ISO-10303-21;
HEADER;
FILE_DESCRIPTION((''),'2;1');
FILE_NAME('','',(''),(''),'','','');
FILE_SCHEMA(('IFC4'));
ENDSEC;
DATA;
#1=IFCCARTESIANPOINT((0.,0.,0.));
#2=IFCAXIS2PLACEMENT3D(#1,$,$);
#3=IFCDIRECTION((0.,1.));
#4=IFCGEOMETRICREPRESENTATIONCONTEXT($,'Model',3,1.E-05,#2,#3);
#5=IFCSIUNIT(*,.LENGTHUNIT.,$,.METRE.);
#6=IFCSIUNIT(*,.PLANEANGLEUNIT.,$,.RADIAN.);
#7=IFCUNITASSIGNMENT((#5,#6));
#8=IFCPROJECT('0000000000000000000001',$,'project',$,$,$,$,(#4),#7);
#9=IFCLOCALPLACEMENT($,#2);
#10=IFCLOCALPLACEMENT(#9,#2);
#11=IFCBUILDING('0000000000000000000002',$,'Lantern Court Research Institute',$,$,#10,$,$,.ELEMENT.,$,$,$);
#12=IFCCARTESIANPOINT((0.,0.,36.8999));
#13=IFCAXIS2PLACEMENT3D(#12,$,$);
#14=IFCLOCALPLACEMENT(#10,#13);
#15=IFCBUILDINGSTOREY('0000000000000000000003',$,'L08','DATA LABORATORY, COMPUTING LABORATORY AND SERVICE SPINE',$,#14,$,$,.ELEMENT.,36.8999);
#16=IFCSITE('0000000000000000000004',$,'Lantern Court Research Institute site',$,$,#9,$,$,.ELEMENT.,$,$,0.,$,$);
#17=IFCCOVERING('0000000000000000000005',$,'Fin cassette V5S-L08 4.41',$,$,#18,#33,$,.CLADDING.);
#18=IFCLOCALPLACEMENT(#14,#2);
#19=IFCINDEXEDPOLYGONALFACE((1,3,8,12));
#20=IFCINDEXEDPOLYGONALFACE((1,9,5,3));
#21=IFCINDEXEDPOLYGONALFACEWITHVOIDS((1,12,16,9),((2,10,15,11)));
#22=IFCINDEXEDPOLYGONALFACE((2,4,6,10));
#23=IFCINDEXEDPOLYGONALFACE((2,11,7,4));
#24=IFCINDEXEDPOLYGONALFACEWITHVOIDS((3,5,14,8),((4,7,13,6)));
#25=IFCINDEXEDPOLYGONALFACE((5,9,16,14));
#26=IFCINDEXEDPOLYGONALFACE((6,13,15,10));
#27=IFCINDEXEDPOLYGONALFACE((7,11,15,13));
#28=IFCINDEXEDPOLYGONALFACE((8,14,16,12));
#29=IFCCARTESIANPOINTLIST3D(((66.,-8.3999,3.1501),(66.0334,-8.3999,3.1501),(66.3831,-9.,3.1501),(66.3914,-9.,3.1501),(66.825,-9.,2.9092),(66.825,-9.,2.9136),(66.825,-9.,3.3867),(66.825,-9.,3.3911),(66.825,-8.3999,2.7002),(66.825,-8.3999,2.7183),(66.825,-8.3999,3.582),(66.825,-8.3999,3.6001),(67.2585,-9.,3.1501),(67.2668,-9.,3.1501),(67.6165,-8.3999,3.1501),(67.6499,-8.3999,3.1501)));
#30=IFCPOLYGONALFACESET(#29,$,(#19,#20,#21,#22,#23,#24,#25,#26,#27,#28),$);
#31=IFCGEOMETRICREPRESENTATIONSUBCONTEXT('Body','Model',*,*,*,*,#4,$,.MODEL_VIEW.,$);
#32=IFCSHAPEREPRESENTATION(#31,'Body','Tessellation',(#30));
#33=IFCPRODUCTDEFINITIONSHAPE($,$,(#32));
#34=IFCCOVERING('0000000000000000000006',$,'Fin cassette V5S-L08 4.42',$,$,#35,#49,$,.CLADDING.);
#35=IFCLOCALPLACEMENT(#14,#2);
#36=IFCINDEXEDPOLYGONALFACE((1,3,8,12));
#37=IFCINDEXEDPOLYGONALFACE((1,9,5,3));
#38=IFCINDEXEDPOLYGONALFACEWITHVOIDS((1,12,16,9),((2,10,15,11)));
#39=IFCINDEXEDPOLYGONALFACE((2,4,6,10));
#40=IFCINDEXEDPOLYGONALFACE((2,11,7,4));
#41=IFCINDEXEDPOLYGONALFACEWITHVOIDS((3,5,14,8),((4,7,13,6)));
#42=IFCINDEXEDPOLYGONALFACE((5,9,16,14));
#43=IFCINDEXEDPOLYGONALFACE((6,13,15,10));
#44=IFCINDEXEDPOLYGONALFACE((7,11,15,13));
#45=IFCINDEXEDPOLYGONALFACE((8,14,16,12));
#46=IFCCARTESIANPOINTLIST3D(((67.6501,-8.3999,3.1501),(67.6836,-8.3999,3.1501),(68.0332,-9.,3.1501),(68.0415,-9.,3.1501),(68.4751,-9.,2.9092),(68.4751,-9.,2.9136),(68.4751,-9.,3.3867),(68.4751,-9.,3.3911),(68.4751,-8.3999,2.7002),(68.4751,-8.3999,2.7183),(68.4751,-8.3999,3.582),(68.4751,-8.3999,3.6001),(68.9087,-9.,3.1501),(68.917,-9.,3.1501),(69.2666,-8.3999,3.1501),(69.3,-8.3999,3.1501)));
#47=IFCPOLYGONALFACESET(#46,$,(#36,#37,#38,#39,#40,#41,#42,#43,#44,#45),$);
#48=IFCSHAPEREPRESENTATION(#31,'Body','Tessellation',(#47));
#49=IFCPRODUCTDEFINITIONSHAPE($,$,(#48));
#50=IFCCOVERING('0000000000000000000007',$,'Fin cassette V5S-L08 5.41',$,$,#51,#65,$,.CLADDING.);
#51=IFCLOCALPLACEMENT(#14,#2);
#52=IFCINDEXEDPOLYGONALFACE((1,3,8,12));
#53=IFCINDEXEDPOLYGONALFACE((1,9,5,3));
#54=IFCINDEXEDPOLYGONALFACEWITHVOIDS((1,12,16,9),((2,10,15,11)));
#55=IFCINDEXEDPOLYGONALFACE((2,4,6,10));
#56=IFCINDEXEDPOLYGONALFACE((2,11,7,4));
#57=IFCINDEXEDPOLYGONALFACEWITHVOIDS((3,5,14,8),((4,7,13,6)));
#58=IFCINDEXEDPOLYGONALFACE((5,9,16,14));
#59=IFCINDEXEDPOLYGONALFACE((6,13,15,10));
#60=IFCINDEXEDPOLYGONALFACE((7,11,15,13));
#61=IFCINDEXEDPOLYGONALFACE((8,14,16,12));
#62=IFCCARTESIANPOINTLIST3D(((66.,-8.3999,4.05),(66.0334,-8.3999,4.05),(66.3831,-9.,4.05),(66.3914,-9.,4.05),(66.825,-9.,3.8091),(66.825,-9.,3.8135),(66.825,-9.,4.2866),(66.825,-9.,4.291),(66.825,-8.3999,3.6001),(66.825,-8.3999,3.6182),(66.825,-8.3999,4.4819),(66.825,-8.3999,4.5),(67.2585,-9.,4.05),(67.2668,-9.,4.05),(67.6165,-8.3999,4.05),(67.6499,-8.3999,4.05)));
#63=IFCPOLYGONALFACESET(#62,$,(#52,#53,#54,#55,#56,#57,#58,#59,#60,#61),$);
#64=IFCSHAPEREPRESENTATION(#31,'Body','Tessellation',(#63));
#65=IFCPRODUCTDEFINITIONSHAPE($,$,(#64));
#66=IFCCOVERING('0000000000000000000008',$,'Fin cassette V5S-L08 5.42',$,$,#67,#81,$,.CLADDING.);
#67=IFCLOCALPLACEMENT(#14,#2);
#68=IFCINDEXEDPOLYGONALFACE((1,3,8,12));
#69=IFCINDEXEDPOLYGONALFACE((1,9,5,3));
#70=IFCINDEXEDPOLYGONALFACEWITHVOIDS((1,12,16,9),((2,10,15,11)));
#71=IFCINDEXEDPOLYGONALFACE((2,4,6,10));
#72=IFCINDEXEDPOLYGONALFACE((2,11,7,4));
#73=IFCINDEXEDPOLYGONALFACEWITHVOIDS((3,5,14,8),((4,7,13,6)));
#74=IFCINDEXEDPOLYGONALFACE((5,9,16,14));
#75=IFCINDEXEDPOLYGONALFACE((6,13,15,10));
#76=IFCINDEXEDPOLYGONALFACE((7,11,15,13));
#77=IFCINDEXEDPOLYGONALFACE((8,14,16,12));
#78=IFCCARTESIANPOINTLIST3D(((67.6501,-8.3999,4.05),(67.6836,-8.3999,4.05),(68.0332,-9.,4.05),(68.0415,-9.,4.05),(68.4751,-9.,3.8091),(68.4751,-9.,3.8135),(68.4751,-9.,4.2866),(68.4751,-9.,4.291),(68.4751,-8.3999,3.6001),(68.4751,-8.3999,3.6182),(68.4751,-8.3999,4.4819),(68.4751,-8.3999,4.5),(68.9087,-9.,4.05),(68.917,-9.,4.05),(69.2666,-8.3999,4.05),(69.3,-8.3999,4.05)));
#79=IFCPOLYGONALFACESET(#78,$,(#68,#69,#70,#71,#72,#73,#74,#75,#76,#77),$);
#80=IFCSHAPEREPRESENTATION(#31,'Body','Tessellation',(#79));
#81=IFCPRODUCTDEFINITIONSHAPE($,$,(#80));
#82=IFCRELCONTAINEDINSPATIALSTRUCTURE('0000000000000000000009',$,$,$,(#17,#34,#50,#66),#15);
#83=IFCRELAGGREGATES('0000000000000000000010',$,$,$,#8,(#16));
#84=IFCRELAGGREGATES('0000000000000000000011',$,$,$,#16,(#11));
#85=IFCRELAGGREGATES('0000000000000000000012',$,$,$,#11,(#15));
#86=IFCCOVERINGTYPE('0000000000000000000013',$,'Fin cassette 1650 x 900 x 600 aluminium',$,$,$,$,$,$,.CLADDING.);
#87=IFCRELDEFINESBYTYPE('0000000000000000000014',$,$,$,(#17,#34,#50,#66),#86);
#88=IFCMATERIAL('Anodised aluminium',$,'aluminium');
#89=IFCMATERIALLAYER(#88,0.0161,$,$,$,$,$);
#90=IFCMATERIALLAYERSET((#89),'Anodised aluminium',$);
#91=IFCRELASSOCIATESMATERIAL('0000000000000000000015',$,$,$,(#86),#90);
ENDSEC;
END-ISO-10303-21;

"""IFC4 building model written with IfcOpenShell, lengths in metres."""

from ifc_helpers import new_model, entity, si_unit, direction, frame, origin, place, context, subcontext, project, spatial, material, layer, layer_set, type_object, element, save


model = new_model("IFC4")

# Units and contexts
model_context = context("Model", 3, precision=1e-05, world=origin(), true_north=direction((0.0, 1.0)))
body_context = subcontext(model_context, "Body", "Model", "MODEL_VIEW")
ifc_project = project(units=[si_unit("LENGTHUNIT", "METRE"), si_unit("PLANEANGLEUNIT", "RADIAN")], contexts=[model_context])

# Site, building, storey
site_placement = place(None, origin())
site = spatial("IfcSite", under=ifc_project, at=site_placement, Name="Lantern Court Research Institute site", CompositionType="ELEMENT", RefElevation=0.0)
building_placement = place(site_placement, origin())
building = spatial("IfcBuilding", under=site, at=building_placement, Name="Lantern Court Research Institute", CompositionType="ELEMENT")
storey_placement = place(building_placement, frame((0.0, 0.0, 36.8999)))
storey = spatial("IfcBuildingStorey", under=building, at=storey_placement, Name="L08", Description="DATA LABORATORY, COMPUTING LABORATORY AND SERVICE SPINE", CompositionType="ELEMENT", Elevation=36.8999)

# Coverings
ifc_material_1 = material(Name="Anodised aluminium", Category="aluminium")
ifc_layer_1 = layer(ifc_material_1, 0.0161)
ifc_layer_set_1 = layer_set([ifc_layer_1], Name="Anodised aluminium")
covering_type = type_object("IfcCoveringType", Name="Fin cassette 1650 x 900 x 600 aluminium", PredefinedType="CLADDING", material=ifc_layer_set_1)
covering_1_placement = place(storey_placement, frame((66.825, -8.3999, 3.1501), z_axis=(0.0, -1.0, 0.0), x_axis=(1.0, 0.0, 0.0)))
cartesian_point_1 = entity("IfcCartesianPoint", [0.825, 0.0])
cartesian_point_2 = entity("IfcCartesianPoint", [0.7915, 0.0])
cartesian_point_3 = entity("IfcCartesianPoint", [0.4419, 0.0])
cartesian_point_4 = entity("IfcCartesianPoint", [0.4336, 0.0])
element("IfcCovering", 1, at=covering_1_placement, inside=storey, type_object=covering_type, Name="Fin cassette V5S-L08 4.41", PredefinedType="CLADDING", context=body_context, shape_type="SweptSolid", body=[
    entity("IfcExtrudedAreaSolidTapered", entity("IfcArbitraryProfileDefWithVoids", "AREA", None, entity("IfcPolyline", [cartesian_point_1, entity("IfcCartesianPoint", [0.0, 0.45]), entity("IfcCartesianPoint", [-0.825, 0.0]), entity("IfcCartesianPoint", [0.0, -0.45]), cartesian_point_1]), [entity("IfcPolyline", [cartesian_point_2, entity("IfcCartesianPoint", [0.0, 0.4319]), entity("IfcCartesianPoint", [-0.7915, 0.0]), entity("IfcCartesianPoint", [0.0, -0.4319]), cartesian_point_2])]), entity("IfcAxis2Placement3D", entity("IfcCartesianPoint", [0.0, 0.0, 0.0])), entity("IfcDirection", [0.0, 0.0, 1.0]), 0.6001, entity("IfcArbitraryProfileDefWithVoids", "AREA", None, entity("IfcPolyline", [cartesian_point_3, entity("IfcCartesianPoint", [0.0, 0.241]), entity("IfcCartesianPoint", [-0.4419, 0.0]), entity("IfcCartesianPoint", [0.0, -0.241]), cartesian_point_3]), [entity("IfcPolyline", [cartesian_point_4, entity("IfcCartesianPoint", [0.0, 0.2366]), entity("IfcCartesianPoint", [-0.4336, 0.0]), entity("IfcCartesianPoint", [0.0, -0.2366]), cartesian_point_4])])),
])
covering_2_placement = place(storey_placement, frame((68.4751, -8.3999, 3.1501), z_axis=(0.0, -1.0, 0.0), x_axis=(1.0, 0.0, 0.0)))
cartesian_point_5 = entity("IfcCartesianPoint", [0.825, 0.0])
cartesian_point_6 = entity("IfcCartesianPoint", [0.7915, 0.0])
cartesian_point_7 = entity("IfcCartesianPoint", [0.4419, 0.0])
cartesian_point_8 = entity("IfcCartesianPoint", [0.4336, 0.0])
element("IfcCovering", 2, at=covering_2_placement, inside=storey, type_object=covering_type, Name="Fin cassette V5S-L08 4.42", PredefinedType="CLADDING", context=body_context, shape_type="SweptSolid", body=[
    entity("IfcExtrudedAreaSolidTapered", entity("IfcArbitraryProfileDefWithVoids", "AREA", None, entity("IfcPolyline", [cartesian_point_5, entity("IfcCartesianPoint", [0.0, 0.45]), entity("IfcCartesianPoint", [-0.825, 0.0]), entity("IfcCartesianPoint", [0.0, -0.45]), cartesian_point_5]), [entity("IfcPolyline", [cartesian_point_6, entity("IfcCartesianPoint", [0.0, 0.4319]), entity("IfcCartesianPoint", [-0.7915, 0.0]), entity("IfcCartesianPoint", [0.0, -0.4319]), cartesian_point_6])]), entity("IfcAxis2Placement3D", entity("IfcCartesianPoint", [0.0, 0.0, 0.0])), entity("IfcDirection", [0.0, 0.0, 1.0]), 0.6001, entity("IfcArbitraryProfileDefWithVoids", "AREA", None, entity("IfcPolyline", [cartesian_point_7, entity("IfcCartesianPoint", [0.0, 0.241]), entity("IfcCartesianPoint", [-0.4419, 0.0]), entity("IfcCartesianPoint", [0.0, -0.241]), cartesian_point_7]), [entity("IfcPolyline", [cartesian_point_8, entity("IfcCartesianPoint", [0.0, 0.2366]), entity("IfcCartesianPoint", [-0.4336, 0.0]), entity("IfcCartesianPoint", [0.0, -0.2366]), cartesian_point_8])])),
])
covering_3_placement = place(storey_placement, frame((66.825, -8.3999, 4.05), z_axis=(0.0, -1.0, 0.0), x_axis=(1.0, 0.0, 0.0)))
cartesian_point_9 = entity("IfcCartesianPoint", [0.825, 0.0])
cartesian_point_10 = entity("IfcCartesianPoint", [0.7915, 0.0])
cartesian_point_11 = entity("IfcCartesianPoint", [0.4419, 0.0])
cartesian_point_12 = entity("IfcCartesianPoint", [0.4336, 0.0])
element("IfcCovering", 3, at=covering_3_placement, inside=storey, type_object=covering_type, Name="Fin cassette V5S-L08 5.41", PredefinedType="CLADDING", context=body_context, shape_type="SweptSolid", body=[
    entity("IfcExtrudedAreaSolidTapered", entity("IfcArbitraryProfileDefWithVoids", "AREA", None, entity("IfcPolyline", [cartesian_point_9, entity("IfcCartesianPoint", [0.0, 0.45]), entity("IfcCartesianPoint", [-0.825, 0.0]), entity("IfcCartesianPoint", [0.0, -0.45]), cartesian_point_9]), [entity("IfcPolyline", [cartesian_point_10, entity("IfcCartesianPoint", [0.0, 0.4319]), entity("IfcCartesianPoint", [-0.7915, 0.0]), entity("IfcCartesianPoint", [0.0, -0.4319]), cartesian_point_10])]), entity("IfcAxis2Placement3D", entity("IfcCartesianPoint", [0.0, 0.0, 0.0])), entity("IfcDirection", [0.0, 0.0, 1.0]), 0.6001, entity("IfcArbitraryProfileDefWithVoids", "AREA", None, entity("IfcPolyline", [cartesian_point_11, entity("IfcCartesianPoint", [0.0, 0.241]), entity("IfcCartesianPoint", [-0.4419, 0.0]), entity("IfcCartesianPoint", [0.0, -0.241]), cartesian_point_11]), [entity("IfcPolyline", [cartesian_point_12, entity("IfcCartesianPoint", [0.0, 0.2366]), entity("IfcCartesianPoint", [-0.4336, 0.0]), entity("IfcCartesianPoint", [0.0, -0.2366]), cartesian_point_12])])),
])
covering_4_placement = place(storey_placement, frame((68.4751, -8.3999, 4.05), z_axis=(0.0, -1.0, 0.0), x_axis=(1.0, 0.0, 0.0)))
cartesian_point_13 = entity("IfcCartesianPoint", [0.825, 0.0])
cartesian_point_14 = entity("IfcCartesianPoint", [0.7915, 0.0])
cartesian_point_15 = entity("IfcCartesianPoint", [0.4419, 0.0])
cartesian_point_16 = entity("IfcCartesianPoint", [0.4336, 0.0])
element("IfcCovering", 4, at=covering_4_placement, inside=storey, type_object=covering_type, Name="Fin cassette V5S-L08 5.42", PredefinedType="CLADDING", context=body_context, shape_type="SweptSolid", body=[
    entity("IfcExtrudedAreaSolidTapered", entity("IfcArbitraryProfileDefWithVoids", "AREA", None, entity("IfcPolyline", [cartesian_point_13, entity("IfcCartesianPoint", [0.0, 0.45]), entity("IfcCartesianPoint", [-0.825, 0.0]), entity("IfcCartesianPoint", [0.0, -0.45]), cartesian_point_13]), [entity("IfcPolyline", [cartesian_point_14, entity("IfcCartesianPoint", [0.0, 0.4319]), entity("IfcCartesianPoint", [-0.7915, 0.0]), entity("IfcCartesianPoint", [0.0, -0.4319]), cartesian_point_14])]), entity("IfcAxis2Placement3D", entity("IfcCartesianPoint", [0.0, 0.0, 0.0])), entity("IfcDirection", [0.0, 0.0, 1.0]), 0.6001, entity("IfcArbitraryProfileDefWithVoids", "AREA", None, entity("IfcPolyline", [cartesian_point_15, entity("IfcCartesianPoint", [0.0, 0.241]), entity("IfcCartesianPoint", [-0.4419, 0.0]), entity("IfcCartesianPoint", [0.0, -0.241]), cartesian_point_15]), [entity("IfcPolyline", [cartesian_point_16, entity("IfcCartesianPoint", [0.0, 0.2366]), entity("IfcCartesianPoint", [-0.4336, 0.0]), entity("IfcCartesianPoint", [0.0, -0.2366]), cartesian_point_16])])),
])

save(model, "model.ifc")
